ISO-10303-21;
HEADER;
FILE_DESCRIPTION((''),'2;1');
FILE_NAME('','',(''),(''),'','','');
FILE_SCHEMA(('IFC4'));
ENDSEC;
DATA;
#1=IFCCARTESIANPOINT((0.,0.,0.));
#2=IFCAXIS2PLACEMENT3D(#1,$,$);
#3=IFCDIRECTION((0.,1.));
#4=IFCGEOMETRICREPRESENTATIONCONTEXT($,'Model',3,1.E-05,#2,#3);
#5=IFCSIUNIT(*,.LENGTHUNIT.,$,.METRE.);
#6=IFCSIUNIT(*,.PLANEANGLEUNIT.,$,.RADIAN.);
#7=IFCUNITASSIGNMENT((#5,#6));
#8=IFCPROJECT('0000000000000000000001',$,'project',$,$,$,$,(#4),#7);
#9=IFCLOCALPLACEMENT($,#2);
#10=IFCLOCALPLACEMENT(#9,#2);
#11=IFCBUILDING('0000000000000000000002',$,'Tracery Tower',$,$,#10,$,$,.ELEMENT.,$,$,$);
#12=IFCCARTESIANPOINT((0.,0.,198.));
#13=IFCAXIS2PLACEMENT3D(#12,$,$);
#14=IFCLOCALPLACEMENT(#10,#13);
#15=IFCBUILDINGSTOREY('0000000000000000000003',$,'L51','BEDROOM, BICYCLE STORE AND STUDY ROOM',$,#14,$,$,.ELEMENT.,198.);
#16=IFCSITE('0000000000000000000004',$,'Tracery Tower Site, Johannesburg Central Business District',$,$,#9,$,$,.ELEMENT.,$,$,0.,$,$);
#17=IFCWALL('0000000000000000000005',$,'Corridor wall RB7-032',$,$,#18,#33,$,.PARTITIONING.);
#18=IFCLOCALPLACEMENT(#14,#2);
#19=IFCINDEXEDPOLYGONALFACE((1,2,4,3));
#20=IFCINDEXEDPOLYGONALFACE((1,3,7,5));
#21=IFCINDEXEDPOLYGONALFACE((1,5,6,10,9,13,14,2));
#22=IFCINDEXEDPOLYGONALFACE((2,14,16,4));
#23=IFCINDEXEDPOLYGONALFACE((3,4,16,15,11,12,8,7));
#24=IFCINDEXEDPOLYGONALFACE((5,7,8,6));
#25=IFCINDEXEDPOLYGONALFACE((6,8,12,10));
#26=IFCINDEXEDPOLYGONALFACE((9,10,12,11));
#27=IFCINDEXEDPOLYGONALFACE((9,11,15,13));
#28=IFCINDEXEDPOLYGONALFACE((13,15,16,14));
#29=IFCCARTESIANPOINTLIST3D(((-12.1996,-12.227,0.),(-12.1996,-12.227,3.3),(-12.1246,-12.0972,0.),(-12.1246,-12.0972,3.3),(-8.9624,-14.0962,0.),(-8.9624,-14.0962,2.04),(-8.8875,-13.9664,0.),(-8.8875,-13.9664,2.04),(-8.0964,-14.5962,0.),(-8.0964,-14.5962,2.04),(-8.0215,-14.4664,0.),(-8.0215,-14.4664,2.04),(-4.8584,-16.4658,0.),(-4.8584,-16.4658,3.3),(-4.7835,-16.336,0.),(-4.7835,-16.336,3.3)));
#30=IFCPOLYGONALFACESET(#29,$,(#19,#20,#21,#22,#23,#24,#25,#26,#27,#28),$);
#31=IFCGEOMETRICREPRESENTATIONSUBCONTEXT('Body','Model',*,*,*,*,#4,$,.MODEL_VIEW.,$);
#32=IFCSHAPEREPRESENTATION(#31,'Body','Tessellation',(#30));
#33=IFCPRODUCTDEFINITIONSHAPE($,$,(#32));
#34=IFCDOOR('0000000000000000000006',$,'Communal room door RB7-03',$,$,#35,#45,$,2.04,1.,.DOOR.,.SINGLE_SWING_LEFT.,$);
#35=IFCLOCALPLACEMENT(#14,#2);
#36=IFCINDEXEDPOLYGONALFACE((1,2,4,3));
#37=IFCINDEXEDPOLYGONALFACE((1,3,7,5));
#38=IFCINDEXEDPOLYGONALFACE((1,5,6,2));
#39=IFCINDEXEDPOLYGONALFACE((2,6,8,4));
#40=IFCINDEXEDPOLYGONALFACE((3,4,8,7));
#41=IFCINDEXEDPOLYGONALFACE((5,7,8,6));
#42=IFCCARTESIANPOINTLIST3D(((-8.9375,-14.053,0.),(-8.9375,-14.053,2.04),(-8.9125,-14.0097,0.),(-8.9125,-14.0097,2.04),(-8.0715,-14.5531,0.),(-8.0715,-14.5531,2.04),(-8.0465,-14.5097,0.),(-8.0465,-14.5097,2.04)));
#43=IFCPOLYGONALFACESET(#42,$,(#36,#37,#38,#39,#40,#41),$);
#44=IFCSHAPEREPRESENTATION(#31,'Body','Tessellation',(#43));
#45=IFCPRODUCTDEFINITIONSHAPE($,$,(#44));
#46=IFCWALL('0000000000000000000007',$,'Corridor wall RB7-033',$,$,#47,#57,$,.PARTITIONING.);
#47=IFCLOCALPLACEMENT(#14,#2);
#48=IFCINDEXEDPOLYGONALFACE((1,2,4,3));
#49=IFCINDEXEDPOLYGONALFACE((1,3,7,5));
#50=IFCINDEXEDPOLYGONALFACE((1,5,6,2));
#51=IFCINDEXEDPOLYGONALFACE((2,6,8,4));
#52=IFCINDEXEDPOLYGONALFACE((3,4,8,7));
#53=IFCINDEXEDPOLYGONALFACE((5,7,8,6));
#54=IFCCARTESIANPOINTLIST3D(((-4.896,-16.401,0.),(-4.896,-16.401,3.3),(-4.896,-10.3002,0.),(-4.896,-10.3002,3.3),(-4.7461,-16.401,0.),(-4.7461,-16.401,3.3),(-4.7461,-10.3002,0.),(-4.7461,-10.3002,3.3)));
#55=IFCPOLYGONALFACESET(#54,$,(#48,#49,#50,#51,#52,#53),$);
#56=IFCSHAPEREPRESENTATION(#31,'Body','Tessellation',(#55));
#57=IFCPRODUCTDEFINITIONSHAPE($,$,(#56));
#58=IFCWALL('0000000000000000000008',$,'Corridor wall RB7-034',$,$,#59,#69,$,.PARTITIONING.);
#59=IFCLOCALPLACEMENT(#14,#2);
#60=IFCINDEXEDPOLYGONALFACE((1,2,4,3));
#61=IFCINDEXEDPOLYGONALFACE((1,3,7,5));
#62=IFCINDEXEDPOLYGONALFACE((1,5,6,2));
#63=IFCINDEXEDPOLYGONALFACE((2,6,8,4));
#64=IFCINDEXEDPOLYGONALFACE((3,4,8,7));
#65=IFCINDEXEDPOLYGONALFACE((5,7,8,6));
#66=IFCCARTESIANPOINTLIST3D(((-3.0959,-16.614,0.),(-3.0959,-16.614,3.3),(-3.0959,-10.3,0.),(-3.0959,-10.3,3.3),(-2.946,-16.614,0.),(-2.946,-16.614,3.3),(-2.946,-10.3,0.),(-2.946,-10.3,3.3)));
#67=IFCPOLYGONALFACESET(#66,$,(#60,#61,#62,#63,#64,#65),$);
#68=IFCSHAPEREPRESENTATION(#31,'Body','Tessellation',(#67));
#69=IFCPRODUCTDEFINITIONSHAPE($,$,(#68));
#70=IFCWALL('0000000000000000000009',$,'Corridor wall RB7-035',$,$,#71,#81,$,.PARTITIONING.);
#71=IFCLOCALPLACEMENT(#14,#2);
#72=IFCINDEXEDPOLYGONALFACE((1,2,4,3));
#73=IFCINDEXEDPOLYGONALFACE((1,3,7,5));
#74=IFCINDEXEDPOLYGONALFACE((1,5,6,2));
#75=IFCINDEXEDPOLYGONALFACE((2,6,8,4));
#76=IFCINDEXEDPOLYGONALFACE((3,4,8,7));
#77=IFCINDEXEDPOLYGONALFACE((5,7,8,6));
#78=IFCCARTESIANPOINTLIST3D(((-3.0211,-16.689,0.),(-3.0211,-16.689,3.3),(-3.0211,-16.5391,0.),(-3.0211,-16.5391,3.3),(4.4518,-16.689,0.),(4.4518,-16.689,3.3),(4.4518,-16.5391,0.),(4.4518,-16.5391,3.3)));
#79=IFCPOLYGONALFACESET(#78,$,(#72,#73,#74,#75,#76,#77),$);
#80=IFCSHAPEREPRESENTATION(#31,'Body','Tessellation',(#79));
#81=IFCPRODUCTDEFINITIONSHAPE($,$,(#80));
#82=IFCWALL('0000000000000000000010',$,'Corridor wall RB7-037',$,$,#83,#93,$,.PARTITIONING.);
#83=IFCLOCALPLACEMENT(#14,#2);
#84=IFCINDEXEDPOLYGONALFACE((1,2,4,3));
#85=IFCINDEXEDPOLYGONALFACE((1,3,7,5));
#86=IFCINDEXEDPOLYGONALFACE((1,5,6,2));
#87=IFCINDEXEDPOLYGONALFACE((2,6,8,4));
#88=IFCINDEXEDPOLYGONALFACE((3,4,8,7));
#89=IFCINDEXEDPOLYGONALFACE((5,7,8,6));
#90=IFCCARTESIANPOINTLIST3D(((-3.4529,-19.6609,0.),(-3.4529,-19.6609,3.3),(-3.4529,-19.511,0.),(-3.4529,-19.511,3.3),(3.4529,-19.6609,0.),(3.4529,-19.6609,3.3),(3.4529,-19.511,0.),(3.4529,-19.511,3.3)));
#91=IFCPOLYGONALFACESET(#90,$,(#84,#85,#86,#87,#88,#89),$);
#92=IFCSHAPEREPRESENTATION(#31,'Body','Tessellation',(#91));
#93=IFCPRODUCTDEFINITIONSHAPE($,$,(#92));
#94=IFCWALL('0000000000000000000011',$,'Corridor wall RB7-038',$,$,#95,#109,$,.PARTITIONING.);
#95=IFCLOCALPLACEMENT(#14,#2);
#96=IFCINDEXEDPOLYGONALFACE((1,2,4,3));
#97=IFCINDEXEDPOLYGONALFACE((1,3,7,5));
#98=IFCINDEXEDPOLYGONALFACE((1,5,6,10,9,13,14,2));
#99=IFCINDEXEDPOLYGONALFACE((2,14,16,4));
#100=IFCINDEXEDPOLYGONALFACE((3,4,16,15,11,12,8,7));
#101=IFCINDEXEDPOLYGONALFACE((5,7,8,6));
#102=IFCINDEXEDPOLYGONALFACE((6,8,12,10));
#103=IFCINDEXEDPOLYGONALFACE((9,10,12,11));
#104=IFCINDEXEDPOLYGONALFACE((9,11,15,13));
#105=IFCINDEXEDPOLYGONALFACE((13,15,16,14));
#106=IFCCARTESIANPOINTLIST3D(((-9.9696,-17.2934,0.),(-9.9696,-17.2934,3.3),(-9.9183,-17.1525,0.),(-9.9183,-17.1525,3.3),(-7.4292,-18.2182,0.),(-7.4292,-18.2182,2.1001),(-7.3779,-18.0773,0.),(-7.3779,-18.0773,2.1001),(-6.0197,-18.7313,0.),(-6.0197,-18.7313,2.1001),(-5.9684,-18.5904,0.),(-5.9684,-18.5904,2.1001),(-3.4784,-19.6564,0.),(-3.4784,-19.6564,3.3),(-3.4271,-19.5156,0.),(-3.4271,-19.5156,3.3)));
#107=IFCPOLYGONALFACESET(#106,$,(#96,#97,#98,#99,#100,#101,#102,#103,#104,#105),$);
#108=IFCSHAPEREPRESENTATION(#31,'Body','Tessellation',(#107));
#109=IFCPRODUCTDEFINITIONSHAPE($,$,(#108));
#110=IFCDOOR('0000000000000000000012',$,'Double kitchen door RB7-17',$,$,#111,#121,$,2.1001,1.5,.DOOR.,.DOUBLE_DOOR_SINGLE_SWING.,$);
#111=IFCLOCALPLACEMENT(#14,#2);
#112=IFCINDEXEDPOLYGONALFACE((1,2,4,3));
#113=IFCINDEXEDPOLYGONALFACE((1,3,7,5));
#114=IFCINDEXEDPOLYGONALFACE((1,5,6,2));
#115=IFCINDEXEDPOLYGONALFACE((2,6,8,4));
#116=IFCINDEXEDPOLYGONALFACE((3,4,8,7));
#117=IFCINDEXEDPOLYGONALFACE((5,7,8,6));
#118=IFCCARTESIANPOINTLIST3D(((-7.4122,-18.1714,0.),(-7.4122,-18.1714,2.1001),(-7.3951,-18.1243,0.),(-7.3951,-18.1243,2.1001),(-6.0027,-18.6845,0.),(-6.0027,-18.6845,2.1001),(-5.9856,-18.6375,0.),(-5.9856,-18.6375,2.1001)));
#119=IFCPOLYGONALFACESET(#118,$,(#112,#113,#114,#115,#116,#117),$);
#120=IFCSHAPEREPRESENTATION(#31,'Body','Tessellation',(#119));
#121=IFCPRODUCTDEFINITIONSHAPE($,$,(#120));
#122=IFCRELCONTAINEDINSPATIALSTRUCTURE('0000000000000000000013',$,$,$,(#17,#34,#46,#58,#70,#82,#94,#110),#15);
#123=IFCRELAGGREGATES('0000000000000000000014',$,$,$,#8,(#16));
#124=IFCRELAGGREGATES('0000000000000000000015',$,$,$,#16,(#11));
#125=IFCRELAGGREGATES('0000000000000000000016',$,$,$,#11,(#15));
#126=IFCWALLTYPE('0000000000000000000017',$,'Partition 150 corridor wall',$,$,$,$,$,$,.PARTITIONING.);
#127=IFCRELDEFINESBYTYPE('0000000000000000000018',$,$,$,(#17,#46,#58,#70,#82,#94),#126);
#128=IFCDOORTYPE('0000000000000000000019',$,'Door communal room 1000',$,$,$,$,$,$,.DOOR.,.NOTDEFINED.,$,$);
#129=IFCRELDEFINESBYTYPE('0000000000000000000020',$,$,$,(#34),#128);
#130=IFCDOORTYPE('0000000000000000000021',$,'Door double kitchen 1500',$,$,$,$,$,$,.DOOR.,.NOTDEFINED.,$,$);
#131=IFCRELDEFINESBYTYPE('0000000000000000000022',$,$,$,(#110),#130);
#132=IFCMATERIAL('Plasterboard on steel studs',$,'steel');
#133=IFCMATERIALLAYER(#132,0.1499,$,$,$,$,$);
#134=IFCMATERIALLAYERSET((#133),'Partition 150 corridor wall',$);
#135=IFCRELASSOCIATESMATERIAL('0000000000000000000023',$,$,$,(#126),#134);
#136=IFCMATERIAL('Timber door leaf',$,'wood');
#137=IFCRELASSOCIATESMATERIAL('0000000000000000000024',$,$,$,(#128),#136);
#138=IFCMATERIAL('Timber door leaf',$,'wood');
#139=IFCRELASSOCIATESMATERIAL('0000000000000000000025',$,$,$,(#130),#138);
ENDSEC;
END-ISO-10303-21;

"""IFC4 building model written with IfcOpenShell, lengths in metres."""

from ifc_helpers import new_model, si_unit, direction, frame, frame_2d, origin, place, context, subcontext, project, spatial, rectangle, extrude, material, layer, layer_set, type_object, element, fill, save


model = new_model("IFC4")

# Units and contexts
model_context = context("Model", 3, precision=1e-05, world=origin(), true_north=direction((0.0, 1.0)))
body_context = subcontext(model_context, "Body", "Model", "MODEL_VIEW")
ifc_project = project(units=[si_unit("LENGTHUNIT", "METRE"), si_unit("PLANEANGLEUNIT", "RADIAN")], contexts=[model_context])

# Site, building, storey
site_placement = place(None, origin())
site = spatial("IfcSite", under=ifc_project, at=site_placement, Name="Tracery Tower Site, Johannesburg Central Business District", CompositionType="ELEMENT", RefElevation=0.0)
building_placement = place(site_placement, origin())
building = spatial("IfcBuilding", under=site, at=building_placement, Name="Tracery Tower", CompositionType="ELEMENT")
storey_placement = place(building_placement, frame((0.0, 0.0, 198.0)))
storey = spatial("IfcBuildingStorey", under=building, at=storey_placement, Name="L51", Description="BEDROOM, BICYCLE STORE AND STUDY ROOM", CompositionType="ELEMENT", Elevation=198.0)

# Wall, opening, door
ifc_material_1 = material(Name="Plasterboard on steel studs", Category="steel")
ifc_layer_1 = layer(ifc_material_1, 0.1499)
ifc_layer_set_1 = layer_set([ifc_layer_1], Name="Partition 150 corridor wall")
wall_type_1 = type_object("IfcWallType", Name="Partition 150 corridor wall", PredefinedType="PARTITIONING", material=ifc_layer_set_1)
wall_1_placement = place(storey_placement, frame((-12.1621, -12.1621, 0.0), z_axis=(0.0, 0.0, 1.0), x_axis=(0.866005, -0.500036, 0.0)))
wall_1 = element("IfcWall", 1, at=wall_1_placement, inside=storey, type_object=wall_type_1, Name="Corridor wall RB7-032", PredefinedType="PARTITIONING", context=body_context, shape_type="SweptSolid", body=[
    extrude(rectangle(XDim=8.4771, YDim=0.1499, at=frame_2d((4.2385, 0.0))), origin(), (0.0, 0.0, 1.0), 3.3),
])
opening_1_placement = place(wall_1_placement, frame((3.738, 0.0, 0.0)))
opening_1 = element("IfcOpeningElement", 2, at=opening_1_placement, cuts=wall_1, PredefinedType="OPENING", context=body_context, shape_type="SweptSolid", body=[
    extrude(rectangle(XDim=1.0, YDim=2.04, at=frame_2d((0.5, 1.02))), frame((0.0, 0.075, 0.0), z_axis=(0.0, -1.0, 0.0), x_axis=(1.0, 0.0, 0.0)), (0.0, 0.0, 1.0), 0.1499),
])
ifc_material_2 = material(Name="Timber door leaf", Category="wood")
door_type_1 = type_object("IfcDoorType", Name="Door communal room 1000", OperationType="NOTDEFINED", PredefinedType="DOOR", material=ifc_material_2)
door_1_placement = place(opening_1_placement, origin())
door_1 = element("IfcDoor", 3, at=door_1_placement, inside=storey, type_object=door_type_1, Name="Communal room door RB7-03", OperationType="SINGLE_SWING_LEFT", OverallHeight=2.04, OverallWidth=1.0, PredefinedType="DOOR", context=body_context, shape_type="SweptSolid", body=[
    extrude(rectangle(XDim=1.0, YDim=2.04, at=frame_2d((0.5, 1.02))), frame((0.0, 0.0249, 0.0), z_axis=(0.0, -1.0, 0.0), x_axis=(1.0, 0.0, 0.0)), (0.0, 0.0, 1.0), 0.05),
])
fill(opening_1, door_1)

# Walls
wall_2_placement = place(storey_placement, frame((-4.821, -16.4009, 0.0), z_axis=(0.0, 0.0, 1.0), x_axis=(0.0, 1.0, 0.0)))
element("IfcWall", 4, at=wall_2_placement, inside=storey, type_object=wall_type_1, Name="Corridor wall RB7-033", PredefinedType="PARTITIONING", context=body_context, shape_type="SweptSolid", body=[
    extrude(rectangle(XDim=6.1008, YDim=0.1499, at=frame_2d((3.0503, 0.0))), origin(), (0.0, 0.0, 1.0), 3.3),
])
wall_3_placement = place(storey_placement, frame((-3.021, -16.614, 0.0), z_axis=(0.0, 0.0, 1.0), x_axis=(0.0, 1.0, 0.0)))
element("IfcWall", 5, at=wall_3_placement, inside=storey, type_object=wall_type_1, Name="Corridor wall RB7-034", PredefinedType="PARTITIONING", context=body_context, shape_type="SweptSolid", body=[
    extrude(rectangle(XDim=6.314, YDim=0.1499, at=frame_2d((3.157, 0.0))), origin(), (0.0, 0.0, 1.0), 3.3),
])
wall_4_placement = place(storey_placement, frame((-3.021, -16.614, 0.0), z_axis=(0.0, 0.0, 1.0), x_axis=(1.0, 0.0, 0.0)))
element("IfcWall", 6, at=wall_4_placement, inside=storey, type_object=wall_type_1, Name="Corridor wall RB7-035", PredefinedType="PARTITIONING", context=body_context, shape_type="SweptSolid", body=[
    extrude(rectangle(XDim=7.4729, YDim=0.1499, at=frame_2d((3.7363, 0.0))), origin(), (0.0, 0.0, 1.0), 3.3),
])
wall_5_placement = place(storey_placement, frame((-3.4529, -19.5859, 0.0), z_axis=(0.0, 0.0, 1.0), x_axis=(1.0, 0.0, 0.0)))
element("IfcWall", 7, at=wall_5_placement, inside=storey, type_object=wall_type_1, Name="Corridor wall RB7-037", PredefinedType="PARTITIONING", context=body_context, shape_type="SweptSolid", body=[
    extrude(rectangle(XDim=6.9058, YDim=0.1499, at=frame_2d((3.4529, 0.0))), origin(), (0.0, 0.0, 1.0), 3.3),
])

# Wall, opening, door
wall_6_placement = place(storey_placement, frame((-9.9441, -17.2229, 0.0), z_axis=(0.0, 0.0, 1.0), x_axis=(0.939673, -0.342075, 0.0)))
wall_6 = element("IfcWall", 8, at=wall_6_placement, inside=storey, type_object=wall_type_1, Name="Corridor wall RB7-038", PredefinedType="PARTITIONING", context=body_context, shape_type="SweptSolid", body=[
    extrude(rectangle(XDim=6.908, YDim=0.1499, at=frame_2d((3.4541, 0.0))), origin(), (0.0, 0.0, 1.0), 3.3),
])
opening_2_placement = place(wall_6_placement, frame((2.7036, 0.0, 0.0)))
opening_2 = element("IfcOpeningElement", 9, at=opening_2_placement, cuts=wall_6, PredefinedType="OPENING", context=body_context, shape_type="SweptSolid", body=[
    extrude(rectangle(XDim=1.5, YDim=2.1001, at=frame_2d((0.75, 1.05))), frame((0.0, 0.075, 0.0), z_axis=(0.0, -1.0, 0.0), x_axis=(1.0, 0.0, 0.0)), (0.0, 0.0, 1.0), 0.1499),
])
ifc_material_3 = material(Name="Timber door leaf", Category="wood")
door_type_2 = type_object("IfcDoorType", Name="Door double kitchen 1500", OperationType="NOTDEFINED", PredefinedType="DOOR", material=ifc_material_3)
door_2_placement = place(opening_2_placement, origin())
door_2 = element("IfcDoor", 10, at=door_2_placement, inside=storey, type_object=door_type_2, Name="Double kitchen door RB7-17", OperationType="DOUBLE_DOOR_SINGLE_SWING", OverallHeight=2.1001, OverallWidth=1.5, PredefinedType="DOOR", context=body_context, shape_type="SweptSolid", body=[
    extrude(rectangle(XDim=1.5, YDim=2.1001, at=frame_2d((0.75, 1.05))), frame((0.0, 0.0249, 0.0), z_axis=(0.0, -1.0, 0.0), x_axis=(1.0, 0.0, 0.0)), (0.0, 0.0, 1.0), 0.05),
])
fill(opening_2, door_2)

save(model, "model.ifc")
